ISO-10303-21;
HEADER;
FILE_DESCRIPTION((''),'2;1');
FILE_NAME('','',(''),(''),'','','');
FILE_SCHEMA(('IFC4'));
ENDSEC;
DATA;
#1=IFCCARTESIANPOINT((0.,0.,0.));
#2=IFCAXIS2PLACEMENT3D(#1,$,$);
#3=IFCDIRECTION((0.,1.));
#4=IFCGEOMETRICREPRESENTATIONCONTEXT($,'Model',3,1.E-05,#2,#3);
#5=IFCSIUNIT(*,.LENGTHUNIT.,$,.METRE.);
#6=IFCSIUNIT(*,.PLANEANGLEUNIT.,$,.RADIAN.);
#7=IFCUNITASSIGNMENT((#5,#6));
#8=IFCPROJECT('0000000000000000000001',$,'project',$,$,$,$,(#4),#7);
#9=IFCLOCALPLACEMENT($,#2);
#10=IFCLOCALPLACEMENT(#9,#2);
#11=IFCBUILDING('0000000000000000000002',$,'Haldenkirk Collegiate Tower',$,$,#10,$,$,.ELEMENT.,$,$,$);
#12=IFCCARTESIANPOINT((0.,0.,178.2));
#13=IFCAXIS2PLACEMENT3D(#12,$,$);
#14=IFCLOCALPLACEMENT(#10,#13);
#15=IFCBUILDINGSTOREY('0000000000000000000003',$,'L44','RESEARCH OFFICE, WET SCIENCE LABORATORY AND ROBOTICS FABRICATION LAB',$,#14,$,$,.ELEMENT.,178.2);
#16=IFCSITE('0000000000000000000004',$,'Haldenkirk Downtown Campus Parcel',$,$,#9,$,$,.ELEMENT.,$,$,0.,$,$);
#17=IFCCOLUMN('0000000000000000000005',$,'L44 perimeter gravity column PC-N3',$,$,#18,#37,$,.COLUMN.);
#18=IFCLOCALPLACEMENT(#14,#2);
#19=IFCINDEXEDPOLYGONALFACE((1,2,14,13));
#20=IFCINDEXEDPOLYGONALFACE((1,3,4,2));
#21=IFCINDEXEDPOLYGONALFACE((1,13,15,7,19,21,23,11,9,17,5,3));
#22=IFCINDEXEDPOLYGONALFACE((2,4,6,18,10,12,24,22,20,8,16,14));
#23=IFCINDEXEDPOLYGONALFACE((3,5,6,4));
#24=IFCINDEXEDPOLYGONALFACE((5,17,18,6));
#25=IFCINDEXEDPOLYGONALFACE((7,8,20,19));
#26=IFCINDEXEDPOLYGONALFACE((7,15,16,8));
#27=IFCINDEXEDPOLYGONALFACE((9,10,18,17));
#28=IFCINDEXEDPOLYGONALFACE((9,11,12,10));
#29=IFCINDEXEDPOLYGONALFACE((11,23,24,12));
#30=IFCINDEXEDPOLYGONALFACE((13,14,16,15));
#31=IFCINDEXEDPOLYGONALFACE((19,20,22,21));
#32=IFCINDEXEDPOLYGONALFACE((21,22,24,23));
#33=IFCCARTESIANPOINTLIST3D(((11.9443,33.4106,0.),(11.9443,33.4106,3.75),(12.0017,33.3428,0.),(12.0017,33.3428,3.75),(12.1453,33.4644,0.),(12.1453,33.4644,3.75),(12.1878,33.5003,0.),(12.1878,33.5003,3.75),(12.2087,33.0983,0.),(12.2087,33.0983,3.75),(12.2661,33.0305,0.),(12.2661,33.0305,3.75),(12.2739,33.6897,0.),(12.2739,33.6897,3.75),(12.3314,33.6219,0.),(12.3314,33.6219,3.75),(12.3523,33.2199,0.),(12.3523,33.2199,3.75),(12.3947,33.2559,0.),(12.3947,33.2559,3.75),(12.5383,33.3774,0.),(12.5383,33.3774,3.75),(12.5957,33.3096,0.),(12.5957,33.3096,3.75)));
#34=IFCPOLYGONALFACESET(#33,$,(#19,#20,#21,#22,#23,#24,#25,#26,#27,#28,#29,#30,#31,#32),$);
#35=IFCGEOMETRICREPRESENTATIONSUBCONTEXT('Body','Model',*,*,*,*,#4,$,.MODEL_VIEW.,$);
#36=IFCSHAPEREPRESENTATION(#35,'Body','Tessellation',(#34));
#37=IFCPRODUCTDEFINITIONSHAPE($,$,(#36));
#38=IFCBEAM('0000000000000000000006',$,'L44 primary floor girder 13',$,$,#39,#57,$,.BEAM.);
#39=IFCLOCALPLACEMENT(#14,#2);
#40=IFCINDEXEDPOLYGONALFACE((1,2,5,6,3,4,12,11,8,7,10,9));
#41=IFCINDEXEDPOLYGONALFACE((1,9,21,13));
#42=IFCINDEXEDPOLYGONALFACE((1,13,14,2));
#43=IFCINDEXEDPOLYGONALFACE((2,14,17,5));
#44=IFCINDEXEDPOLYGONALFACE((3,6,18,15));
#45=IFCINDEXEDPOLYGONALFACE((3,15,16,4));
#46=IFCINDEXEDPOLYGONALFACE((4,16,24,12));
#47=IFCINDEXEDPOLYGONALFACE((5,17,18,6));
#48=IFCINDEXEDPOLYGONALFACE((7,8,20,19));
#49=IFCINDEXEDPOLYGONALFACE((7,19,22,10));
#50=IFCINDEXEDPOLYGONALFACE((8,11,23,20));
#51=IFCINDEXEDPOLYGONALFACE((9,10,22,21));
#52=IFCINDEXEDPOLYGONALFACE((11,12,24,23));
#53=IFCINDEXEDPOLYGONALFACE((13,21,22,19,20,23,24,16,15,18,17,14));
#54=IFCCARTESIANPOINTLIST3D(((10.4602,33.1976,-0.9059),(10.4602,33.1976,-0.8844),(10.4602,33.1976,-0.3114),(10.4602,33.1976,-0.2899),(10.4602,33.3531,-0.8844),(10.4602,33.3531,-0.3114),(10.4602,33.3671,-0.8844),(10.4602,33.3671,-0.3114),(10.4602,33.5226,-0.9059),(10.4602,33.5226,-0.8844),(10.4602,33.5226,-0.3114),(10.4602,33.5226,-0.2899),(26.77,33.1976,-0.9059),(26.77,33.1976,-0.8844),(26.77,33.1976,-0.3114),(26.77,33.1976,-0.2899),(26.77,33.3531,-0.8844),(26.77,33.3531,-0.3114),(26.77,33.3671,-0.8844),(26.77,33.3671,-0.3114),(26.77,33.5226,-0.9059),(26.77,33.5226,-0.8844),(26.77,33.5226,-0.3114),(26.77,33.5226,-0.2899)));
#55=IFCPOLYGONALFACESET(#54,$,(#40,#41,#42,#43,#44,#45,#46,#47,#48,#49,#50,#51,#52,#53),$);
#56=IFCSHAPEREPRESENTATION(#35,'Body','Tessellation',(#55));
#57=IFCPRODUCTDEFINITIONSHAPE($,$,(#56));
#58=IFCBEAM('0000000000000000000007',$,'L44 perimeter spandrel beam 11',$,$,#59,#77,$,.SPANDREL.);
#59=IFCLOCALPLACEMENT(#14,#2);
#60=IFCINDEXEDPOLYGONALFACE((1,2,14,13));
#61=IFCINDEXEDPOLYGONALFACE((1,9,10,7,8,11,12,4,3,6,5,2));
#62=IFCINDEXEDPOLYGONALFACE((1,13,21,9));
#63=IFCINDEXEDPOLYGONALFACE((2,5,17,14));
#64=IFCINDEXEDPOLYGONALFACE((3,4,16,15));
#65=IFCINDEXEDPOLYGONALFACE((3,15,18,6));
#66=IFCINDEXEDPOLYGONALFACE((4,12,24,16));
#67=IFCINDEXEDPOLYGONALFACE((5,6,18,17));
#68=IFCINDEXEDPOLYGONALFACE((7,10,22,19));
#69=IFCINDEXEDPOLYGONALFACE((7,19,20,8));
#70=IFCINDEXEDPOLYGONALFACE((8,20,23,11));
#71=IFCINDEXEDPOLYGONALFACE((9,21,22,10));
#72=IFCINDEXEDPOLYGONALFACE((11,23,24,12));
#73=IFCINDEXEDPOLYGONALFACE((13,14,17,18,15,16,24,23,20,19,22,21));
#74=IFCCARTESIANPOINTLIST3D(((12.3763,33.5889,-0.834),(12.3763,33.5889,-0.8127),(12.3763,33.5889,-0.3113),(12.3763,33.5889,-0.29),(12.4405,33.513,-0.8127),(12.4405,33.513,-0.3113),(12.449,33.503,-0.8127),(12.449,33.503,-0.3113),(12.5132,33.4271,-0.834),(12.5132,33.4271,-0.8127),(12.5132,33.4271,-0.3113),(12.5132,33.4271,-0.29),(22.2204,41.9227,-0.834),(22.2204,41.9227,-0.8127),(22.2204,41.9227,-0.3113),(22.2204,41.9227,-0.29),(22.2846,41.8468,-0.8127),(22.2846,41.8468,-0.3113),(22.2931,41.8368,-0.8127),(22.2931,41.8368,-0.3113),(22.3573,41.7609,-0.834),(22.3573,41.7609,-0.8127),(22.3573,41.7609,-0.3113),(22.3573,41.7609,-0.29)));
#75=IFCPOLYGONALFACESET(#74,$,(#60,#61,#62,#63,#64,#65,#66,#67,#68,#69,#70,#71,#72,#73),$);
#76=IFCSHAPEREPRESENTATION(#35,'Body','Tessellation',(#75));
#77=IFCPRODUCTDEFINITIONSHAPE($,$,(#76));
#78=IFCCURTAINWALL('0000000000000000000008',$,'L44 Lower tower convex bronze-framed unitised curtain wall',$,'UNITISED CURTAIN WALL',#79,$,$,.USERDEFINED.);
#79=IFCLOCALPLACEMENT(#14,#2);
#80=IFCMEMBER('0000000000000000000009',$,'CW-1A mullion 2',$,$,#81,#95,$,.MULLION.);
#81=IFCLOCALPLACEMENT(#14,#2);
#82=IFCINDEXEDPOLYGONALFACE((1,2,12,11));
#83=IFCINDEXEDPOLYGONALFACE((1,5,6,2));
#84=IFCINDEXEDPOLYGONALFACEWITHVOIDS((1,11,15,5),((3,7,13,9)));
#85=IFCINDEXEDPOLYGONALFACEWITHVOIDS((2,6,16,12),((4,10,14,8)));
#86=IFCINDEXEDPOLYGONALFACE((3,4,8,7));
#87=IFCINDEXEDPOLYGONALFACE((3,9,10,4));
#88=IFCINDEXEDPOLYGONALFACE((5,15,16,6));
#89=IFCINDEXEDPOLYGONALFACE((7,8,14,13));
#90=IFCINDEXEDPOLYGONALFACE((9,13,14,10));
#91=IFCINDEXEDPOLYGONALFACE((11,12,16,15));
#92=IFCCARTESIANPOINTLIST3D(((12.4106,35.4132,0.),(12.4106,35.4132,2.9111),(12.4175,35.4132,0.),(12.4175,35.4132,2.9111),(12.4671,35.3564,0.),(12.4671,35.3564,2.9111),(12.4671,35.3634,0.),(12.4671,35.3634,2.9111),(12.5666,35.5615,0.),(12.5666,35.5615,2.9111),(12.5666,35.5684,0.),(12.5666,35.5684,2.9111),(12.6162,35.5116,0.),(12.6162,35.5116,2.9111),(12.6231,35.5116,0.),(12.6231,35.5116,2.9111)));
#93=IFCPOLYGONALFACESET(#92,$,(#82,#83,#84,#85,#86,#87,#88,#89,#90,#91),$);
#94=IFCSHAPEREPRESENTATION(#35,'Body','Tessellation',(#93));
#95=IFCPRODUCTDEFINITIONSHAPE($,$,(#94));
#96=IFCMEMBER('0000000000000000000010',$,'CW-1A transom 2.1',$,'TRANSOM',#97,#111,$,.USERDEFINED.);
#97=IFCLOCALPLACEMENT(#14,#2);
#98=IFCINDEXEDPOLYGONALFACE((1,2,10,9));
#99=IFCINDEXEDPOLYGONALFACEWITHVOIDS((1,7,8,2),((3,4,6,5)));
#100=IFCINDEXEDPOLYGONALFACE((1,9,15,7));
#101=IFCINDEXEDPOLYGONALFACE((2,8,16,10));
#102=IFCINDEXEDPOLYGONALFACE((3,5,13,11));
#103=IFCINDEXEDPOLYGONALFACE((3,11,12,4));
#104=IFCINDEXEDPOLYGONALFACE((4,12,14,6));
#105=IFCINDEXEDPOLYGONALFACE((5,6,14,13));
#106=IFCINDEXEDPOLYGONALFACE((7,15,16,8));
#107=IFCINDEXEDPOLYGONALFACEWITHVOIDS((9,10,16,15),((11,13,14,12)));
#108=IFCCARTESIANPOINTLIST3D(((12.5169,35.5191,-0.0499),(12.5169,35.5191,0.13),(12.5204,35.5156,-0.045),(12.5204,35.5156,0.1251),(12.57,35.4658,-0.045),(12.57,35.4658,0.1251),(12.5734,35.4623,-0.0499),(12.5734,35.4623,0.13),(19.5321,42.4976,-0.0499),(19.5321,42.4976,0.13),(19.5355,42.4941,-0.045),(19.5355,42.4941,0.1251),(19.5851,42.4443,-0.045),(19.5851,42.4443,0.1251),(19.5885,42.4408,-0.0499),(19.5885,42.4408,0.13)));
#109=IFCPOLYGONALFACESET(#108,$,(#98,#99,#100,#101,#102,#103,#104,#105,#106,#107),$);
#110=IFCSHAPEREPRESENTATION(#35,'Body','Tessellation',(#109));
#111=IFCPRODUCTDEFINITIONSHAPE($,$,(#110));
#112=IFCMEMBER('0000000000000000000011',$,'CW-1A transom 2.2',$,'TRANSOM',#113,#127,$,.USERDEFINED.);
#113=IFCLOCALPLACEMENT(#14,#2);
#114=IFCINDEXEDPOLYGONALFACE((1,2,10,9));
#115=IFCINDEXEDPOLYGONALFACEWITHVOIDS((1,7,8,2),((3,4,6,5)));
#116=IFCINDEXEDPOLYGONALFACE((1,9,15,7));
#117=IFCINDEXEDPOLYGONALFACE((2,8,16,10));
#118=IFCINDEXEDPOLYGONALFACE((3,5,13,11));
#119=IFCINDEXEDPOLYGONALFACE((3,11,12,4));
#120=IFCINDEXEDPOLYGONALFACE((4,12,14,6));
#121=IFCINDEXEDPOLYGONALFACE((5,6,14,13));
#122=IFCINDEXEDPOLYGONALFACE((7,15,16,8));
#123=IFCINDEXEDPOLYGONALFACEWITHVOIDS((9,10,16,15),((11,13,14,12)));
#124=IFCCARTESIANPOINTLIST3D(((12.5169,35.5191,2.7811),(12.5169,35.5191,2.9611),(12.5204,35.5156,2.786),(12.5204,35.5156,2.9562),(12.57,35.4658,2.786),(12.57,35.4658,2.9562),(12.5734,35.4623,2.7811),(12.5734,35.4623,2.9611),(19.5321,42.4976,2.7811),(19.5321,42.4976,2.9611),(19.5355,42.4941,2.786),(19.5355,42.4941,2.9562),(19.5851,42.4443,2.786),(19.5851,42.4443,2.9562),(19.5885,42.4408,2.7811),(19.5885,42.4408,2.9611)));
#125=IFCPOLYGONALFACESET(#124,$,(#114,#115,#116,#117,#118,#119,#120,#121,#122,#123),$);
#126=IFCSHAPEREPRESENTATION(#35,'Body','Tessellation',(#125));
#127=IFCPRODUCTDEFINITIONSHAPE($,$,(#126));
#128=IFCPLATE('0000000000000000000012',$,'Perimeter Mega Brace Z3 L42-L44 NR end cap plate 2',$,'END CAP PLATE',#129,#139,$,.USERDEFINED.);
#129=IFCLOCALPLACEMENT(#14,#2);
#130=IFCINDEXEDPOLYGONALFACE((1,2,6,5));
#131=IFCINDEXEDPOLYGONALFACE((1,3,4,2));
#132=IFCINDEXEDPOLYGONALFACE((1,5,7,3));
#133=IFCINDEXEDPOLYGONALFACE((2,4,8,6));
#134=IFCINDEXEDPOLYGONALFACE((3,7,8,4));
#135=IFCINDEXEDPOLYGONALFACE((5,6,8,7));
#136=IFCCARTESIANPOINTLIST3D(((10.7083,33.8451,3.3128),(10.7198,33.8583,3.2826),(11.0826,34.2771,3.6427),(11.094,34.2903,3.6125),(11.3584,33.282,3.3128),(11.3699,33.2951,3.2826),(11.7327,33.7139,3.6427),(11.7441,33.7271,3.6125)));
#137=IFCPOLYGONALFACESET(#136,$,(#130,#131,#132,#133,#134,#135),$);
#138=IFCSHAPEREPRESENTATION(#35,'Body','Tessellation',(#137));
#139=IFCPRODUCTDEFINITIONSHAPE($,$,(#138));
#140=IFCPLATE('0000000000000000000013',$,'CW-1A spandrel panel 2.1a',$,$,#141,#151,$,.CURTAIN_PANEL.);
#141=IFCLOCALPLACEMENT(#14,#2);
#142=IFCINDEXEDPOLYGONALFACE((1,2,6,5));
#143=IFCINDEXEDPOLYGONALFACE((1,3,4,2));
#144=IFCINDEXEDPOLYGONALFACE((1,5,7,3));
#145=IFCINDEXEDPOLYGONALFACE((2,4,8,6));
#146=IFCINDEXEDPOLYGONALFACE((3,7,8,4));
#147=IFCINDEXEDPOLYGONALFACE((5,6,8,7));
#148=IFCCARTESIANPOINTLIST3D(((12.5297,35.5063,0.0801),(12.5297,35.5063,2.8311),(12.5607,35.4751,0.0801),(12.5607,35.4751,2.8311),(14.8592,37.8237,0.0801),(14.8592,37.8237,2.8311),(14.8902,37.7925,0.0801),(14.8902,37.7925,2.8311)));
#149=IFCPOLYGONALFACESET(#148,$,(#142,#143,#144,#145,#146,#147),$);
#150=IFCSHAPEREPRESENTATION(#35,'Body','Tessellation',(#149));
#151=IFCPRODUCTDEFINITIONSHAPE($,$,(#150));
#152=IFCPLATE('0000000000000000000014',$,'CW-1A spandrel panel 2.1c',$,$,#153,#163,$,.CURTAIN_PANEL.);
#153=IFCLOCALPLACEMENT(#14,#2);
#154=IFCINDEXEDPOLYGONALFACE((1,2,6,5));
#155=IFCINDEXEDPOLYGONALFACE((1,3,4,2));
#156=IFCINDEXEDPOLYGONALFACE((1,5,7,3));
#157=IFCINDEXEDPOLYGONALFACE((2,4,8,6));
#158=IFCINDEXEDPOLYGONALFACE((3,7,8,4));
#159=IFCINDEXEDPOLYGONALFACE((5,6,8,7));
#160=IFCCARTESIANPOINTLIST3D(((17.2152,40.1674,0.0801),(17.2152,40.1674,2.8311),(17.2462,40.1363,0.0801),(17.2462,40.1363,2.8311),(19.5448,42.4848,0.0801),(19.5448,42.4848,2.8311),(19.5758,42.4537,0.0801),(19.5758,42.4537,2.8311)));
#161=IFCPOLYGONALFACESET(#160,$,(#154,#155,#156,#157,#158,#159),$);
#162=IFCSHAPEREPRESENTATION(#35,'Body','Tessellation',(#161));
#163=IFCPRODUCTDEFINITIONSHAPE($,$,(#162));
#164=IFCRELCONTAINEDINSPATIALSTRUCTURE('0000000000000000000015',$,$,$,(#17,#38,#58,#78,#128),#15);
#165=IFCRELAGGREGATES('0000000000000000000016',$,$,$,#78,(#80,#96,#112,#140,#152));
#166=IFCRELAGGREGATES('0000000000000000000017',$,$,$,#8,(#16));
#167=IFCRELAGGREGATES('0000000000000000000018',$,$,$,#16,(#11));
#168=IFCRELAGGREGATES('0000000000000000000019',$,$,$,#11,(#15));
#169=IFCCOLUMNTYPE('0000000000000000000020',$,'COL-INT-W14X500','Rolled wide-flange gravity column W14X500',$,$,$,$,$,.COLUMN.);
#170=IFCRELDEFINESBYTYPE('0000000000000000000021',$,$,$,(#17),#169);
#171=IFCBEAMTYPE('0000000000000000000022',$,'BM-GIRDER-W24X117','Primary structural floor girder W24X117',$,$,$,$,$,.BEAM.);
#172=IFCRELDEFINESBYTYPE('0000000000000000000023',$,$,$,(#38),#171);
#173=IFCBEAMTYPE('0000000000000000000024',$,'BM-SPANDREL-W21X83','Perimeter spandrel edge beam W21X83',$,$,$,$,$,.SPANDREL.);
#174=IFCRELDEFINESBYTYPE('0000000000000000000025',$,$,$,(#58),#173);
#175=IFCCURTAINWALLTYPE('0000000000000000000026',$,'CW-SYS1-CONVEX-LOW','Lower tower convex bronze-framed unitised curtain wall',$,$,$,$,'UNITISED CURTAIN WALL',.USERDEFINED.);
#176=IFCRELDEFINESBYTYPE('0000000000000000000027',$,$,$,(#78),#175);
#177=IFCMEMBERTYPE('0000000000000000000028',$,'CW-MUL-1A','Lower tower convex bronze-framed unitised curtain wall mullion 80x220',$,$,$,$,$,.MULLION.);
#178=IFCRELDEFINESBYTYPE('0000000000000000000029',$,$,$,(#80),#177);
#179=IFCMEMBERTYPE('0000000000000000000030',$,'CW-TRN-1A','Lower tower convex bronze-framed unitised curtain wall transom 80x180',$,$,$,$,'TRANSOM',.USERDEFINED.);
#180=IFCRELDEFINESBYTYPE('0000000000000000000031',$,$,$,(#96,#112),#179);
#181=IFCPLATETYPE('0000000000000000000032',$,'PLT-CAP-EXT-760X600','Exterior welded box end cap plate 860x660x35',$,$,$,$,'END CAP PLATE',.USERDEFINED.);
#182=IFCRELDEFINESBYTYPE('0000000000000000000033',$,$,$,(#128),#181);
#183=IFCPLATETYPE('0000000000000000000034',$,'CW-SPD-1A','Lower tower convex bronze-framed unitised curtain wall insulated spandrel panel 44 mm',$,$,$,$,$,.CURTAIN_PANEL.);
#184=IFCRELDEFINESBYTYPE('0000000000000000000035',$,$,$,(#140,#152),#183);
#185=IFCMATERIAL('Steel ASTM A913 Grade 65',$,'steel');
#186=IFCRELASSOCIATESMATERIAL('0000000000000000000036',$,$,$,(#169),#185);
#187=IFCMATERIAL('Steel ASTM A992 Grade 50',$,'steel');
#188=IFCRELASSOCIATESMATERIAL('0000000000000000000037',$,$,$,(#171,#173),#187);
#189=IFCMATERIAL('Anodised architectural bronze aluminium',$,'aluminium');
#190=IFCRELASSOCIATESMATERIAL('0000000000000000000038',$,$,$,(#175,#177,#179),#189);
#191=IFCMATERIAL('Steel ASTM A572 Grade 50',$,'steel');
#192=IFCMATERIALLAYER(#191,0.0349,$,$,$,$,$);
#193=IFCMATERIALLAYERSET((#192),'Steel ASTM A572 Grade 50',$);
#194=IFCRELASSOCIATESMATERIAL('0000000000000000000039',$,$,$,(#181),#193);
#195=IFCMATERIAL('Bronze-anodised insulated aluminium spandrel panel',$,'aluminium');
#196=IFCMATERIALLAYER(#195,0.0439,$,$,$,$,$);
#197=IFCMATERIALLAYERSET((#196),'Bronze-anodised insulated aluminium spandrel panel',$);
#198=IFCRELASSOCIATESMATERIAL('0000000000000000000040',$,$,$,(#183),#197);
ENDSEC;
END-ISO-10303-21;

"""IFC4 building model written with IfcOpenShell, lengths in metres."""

from ifc_helpers import new_model, si_unit, direction, frame, origin, origin_2d, place, context, subcontext, project, spatial, rectangle, hollow_rectangle, i_section, extrude, source, transform, mapped, material, layer, layer_set, material_profile, profile_set, type_object, element, aggregate, save


model = new_model("IFC4")

# Units and contexts
model_context = context("Model", 3, precision=1e-05, world=origin(), true_north=direction((0.0, 1.0)))
body_context = subcontext(model_context, "Body", "Model", "MODEL_VIEW")
ifc_project = project(units=[si_unit("LENGTHUNIT", "METRE"), si_unit("PLANEANGLEUNIT", "RADIAN")], contexts=[model_context])

# Site, building, storey
site_placement = place(None, origin())
site = spatial("IfcSite", under=ifc_project, at=site_placement, Name="Haldenkirk Downtown Campus Parcel", CompositionType="ELEMENT", RefElevation=0.0)
building_placement = place(site_placement, origin())
building = spatial("IfcBuilding", under=site, at=building_placement, Name="Haldenkirk Collegiate Tower", CompositionType="ELEMENT")
storey_placement = place(building_placement, frame((0.0, 0.0, 178.2)))
storey = spatial("IfcBuildingStorey", under=building, at=storey_placement, Name="L44", Description="RESEARCH OFFICE, WET SCIENCE LABORATORY AND ROBOTICS FABRICATION LAB", CompositionType="ELEMENT", Elevation=178.2)

# Column
ifc_material_1 = material(Name="Steel ASTM A913 Grade 65", Category="steel")
ifc_material_profile_1 = material_profile(ifc_material_1, i_section(OverallWidth=0.4319, OverallDepth=0.498, WebThickness=0.0557, FlangeThickness=0.0889, at=origin_2d()), Name="W14X500")
ifc_profile_set_1 = profile_set([ifc_material_profile_1], Name="Steel ASTM A913 Grade 65")
column_type = type_object("IfcColumnType", Name="COL-INT-W14X500", Description="Rolled wide-flange gravity column W14X500", PredefinedType="COLUMN", material=ifc_profile_set_1)
column_placement = place(storey_placement, frame((12.27, 33.3601, 0.0), z_axis=(0.0, 0.0, 1.0), x_axis=(0.763232, 0.646124, 0.0)))
element("IfcColumn", 1, at=column_placement, inside=storey, type_object=column_type, Name="L44 perimeter gravity column PC-N3", PredefinedType="COLUMN", context=body_context, shape_type="SweptSolid", body=[
    extrude(i_section(OverallWidth=0.4319, OverallDepth=0.498, WebThickness=0.0557, FlangeThickness=0.0889, at=origin_2d()), origin(), (0.0, 0.0, 1.0), 3.75),
])

# Beams
ifc_material_2 = material(Name="Steel ASTM A992 Grade 50", Category="steel")
ifc_material_profile_2 = material_profile(ifc_material_2, i_section(OverallWidth=0.325, OverallDepth=0.616, WebThickness=0.0139, FlangeThickness=0.0215, at=origin_2d()), Name="W24X117")
ifc_profile_set_2 = profile_set([ifc_material_profile_2], Name="Steel ASTM A992 Grade 50")
beam_type_1 = type_object("IfcBeamType", Name="BM-GIRDER-W24X117", Description="Primary structural floor girder W24X117", PredefinedType="BEAM", material=ifc_profile_set_2)
beam_1_placement = place(storey_placement, frame((10.4602, 33.3601, -0.5979), z_axis=(1.0, 0.0, 0.0), x_axis=(0.0, 1.0, 0.0)))
element("IfcBeam", 2, at=beam_1_placement, inside=storey, type_object=beam_type_1, Name="L44 primary floor girder 13", PredefinedType="BEAM", context=body_context, shape_type="SweptSolid", body=[
    extrude(i_section(OverallWidth=0.325, OverallDepth=0.616, WebThickness=0.0139, FlangeThickness=0.0215, at=origin_2d()), origin(), (0.0, 0.0, 1.0), 16.3098),
])
ifc_material_profile_3 = material_profile(ifc_material_2, i_section(OverallWidth=0.2119, OverallDepth=0.5439, WebThickness=0.0132, FlangeThickness=0.0212, at=origin_2d()), Name="W21X83")
ifc_profile_set_3 = profile_set([ifc_material_profile_3], Name="Steel ASTM A992 Grade 50")
beam_type_2 = type_object("IfcBeamType", Name="BM-SPANDREL-W21X83", Description="Perimeter spandrel edge beam W21X83", PredefinedType="SPANDREL", material=ifc_profile_set_3)
beam_2_placement = place(storey_placement, frame((22.2888, 41.8418, -0.562), z_axis=(-0.763225, -0.646132, 0.0), x_axis=(0.646132, -0.763225, 0.0)))
element("IfcBeam", 3, at=beam_2_placement, inside=storey, type_object=beam_type_2, Name="L44 perimeter spandrel beam 11", PredefinedType="SPANDREL", context=body_context, shape_type="SweptSolid", body=[
    extrude(i_section(OverallWidth=0.2119, OverallDepth=0.5439, WebThickness=0.0132, FlangeThickness=0.0212, at=origin_2d()), origin(), (0.0, 0.0, 1.0), 12.8979),
])

# Curtain wall, members
ifc_material_3 = material(Name="Anodised architectural bronze aluminium", Category="aluminium")
curtain_wall_type = type_object("IfcCurtainWallType", Name="CW-SYS1-CONVEX-LOW", Description="Lower tower convex bronze-framed unitised curtain wall", ElementType="UNITISED CURTAIN WALL", PredefinedType="USERDEFINED", material=ifc_material_3)
curtain_wall_placement = place(storey_placement, origin())
curtain_wall = element("IfcCurtainWall", 4, at=curtain_wall_placement, inside=storey, type_object=curtain_wall_type, Name="L44 Lower tower convex bronze-framed unitised curtain wall", ObjectType="UNITISED CURTAIN WALL", PredefinedType="USERDEFINED")
ifc_material_profile_4 = material_profile(ifc_material_3, hollow_rectangle(XDim=0.0801, YDim=0.22, WallThickness=0.0049, at=origin_2d()), Name="CW-MUL-1A")
ifc_profile_set_4 = profile_set([ifc_material_profile_4], Name="Anodised architectural bronze aluminium")
member_type_1 = type_object("IfcMemberType", Name="CW-MUL-1A", Description="Lower tower convex bronze-framed unitised curtain wall mullion 80x220", PredefinedType="MULLION", material=ifc_profile_set_4)
member_1_placement = place(storey_placement, frame((12.5168, 35.4624, 0.0), z_axis=(0.0, 0.0, 1.0), x_axis=(-0.705255, 0.708954, 0.0)))
member_1 = element("IfcMember", 5, at=member_1_placement, type_object=member_type_1, Name="CW-1A mullion 2", PredefinedType="MULLION", context=body_context, shape_type="SweptSolid", body=[
    extrude(hollow_rectangle(XDim=0.0801, YDim=0.22, WallThickness=0.0049, at=origin_2d()), origin(), (0.0, 0.0, 1.0), 2.9111),
])
ifc_material_profile_5 = material_profile(ifc_material_3, hollow_rectangle(XDim=0.0801, YDim=0.1799, WallThickness=0.0049, at=origin_2d()), Name="CW-TRN-1A")
ifc_profile_set_5 = profile_set([ifc_material_profile_5], Name="Anodised architectural bronze aluminium")
member_type_2 = type_object("IfcMemberType", Name="CW-TRN-1A", Description="Lower tower convex bronze-framed unitised curtain wall transom 80x180", ElementType="TRANSOM", PredefinedType="USERDEFINED", material=ifc_profile_set_5)
member_2_placement = place(storey_placement, frame((12.5452, 35.4907, 0.04), z_axis=(0.708955, 0.705254, 0.0), x_axis=(-0.705254, 0.708955, 0.0)))
member_2 = element("IfcMember", 6, at=member_2_placement, type_object=member_type_2, Name="CW-1A transom 2.1", ObjectType="TRANSOM", PredefinedType="USERDEFINED", context=body_context, shape_type="SweptSolid", body=[
    extrude(hollow_rectangle(XDim=0.0801, YDim=0.1799, WallThickness=0.0049, at=origin_2d()), origin(), (0.0, 0.0, 1.0), 9.895),
])
member_3_placement = place(storey_placement, frame((12.5452, 35.4907, 2.8711), z_axis=(0.708955, 0.705254, 0.0), x_axis=(-0.705254, 0.708955, 0.0)))
member_3 = element("IfcMember", 7, at=member_3_placement, type_object=member_type_2, Name="CW-1A transom 2.2", ObjectType="TRANSOM", PredefinedType="USERDEFINED", context=body_context, shape_type="SweptSolid", body=[
    extrude(hollow_rectangle(XDim=0.0801, YDim=0.1799, WallThickness=0.0049, at=origin_2d()), origin(), (0.0, 0.0, 1.0), 9.895),
])

# Plates
ifc_material_4 = material(Name="Steel ASTM A572 Grade 50", Category="steel")
ifc_layer_1 = layer(ifc_material_4, 0.0349)
ifc_layer_set_1 = layer_set([ifc_layer_1], Name="Steel ASTM A572 Grade 50")
plate_type_1 = type_object("IfcPlateType", Name="PLT-CAP-EXT-760X600", Description="Exterior welded box end cap plate 860x660x35", ElementType="END CAP PLATE", PredefinedType="USERDEFINED", material=ifc_layer_set_1)
shared_shape_1 = source(origin(), body_context, "Body", "SweptSolid", [
    extrude(rectangle(XDim=0.8601, YDim=0.6599, at=origin_2d()), origin(), (0.0, 0.0, 1.0), 0.0349),
])
plate_1_placement = place(storey_placement, frame((11.2319, 33.7927, 3.4475), z_axis=(-0.327345, -0.377839, 0.866073), x_axis=(0.755803, -0.654799, 0.0)))
element("IfcPlate", 8, at=plate_1_placement, inside=storey, type_object=plate_type_1, Name="Perimeter Mega Brace Z3 L42-L44 NR end cap plate 2", ObjectType="END CAP PLATE", PredefinedType="USERDEFINED", context=body_context, shape_type="MappedRepresentation", body=[
    mapped(shared_shape_1, transform((0.0, 0.0, 0.0), x_axis=(1.0, 0.0, 0.0), y_axis=(0.0, 1.0, 0.0), z_axis=(0.0, 0.0, 1.0), scale=1.0)),
])
ifc_material_5 = material(Name="Bronze-anodised insulated aluminium spandrel panel", Category="aluminium")
ifc_layer_2 = layer(ifc_material_5, 0.0439)
ifc_layer_set_2 = layer_set([ifc_layer_2], Name="Bronze-anodised insulated aluminium spandrel panel")
plate_type_2 = type_object("IfcPlateType", Name="CW-SPD-1A", Description="Lower tower convex bronze-framed unitised curtain wall insulated spandrel panel 44 mm", PredefinedType="CURTAIN_PANEL", material=ifc_layer_set_2)
shared_shape_2 = source(origin(), body_context, "Body", "SweptSolid", [
    extrude(rectangle(XDim=3.2859, YDim=0.0439, at=origin_2d()), origin(), (0.0, 0.0, 1.0), 2.751),
])
plate_2_placement = place(storey_placement, frame((13.71, 36.6494, 0.0801), z_axis=(0.0, 0.0, 1.0), x_axis=(0.708954, 0.705255, 0.0)))
plate_2 = element("IfcPlate", 9, at=plate_2_placement, type_object=plate_type_2, Name="CW-1A spandrel panel 2.1a", PredefinedType="CURTAIN_PANEL", context=body_context, shape_type="MappedRepresentation", body=[
    mapped(shared_shape_2, transform((0.0, 0.0, 0.0), x_axis=(1.0, 0.0, 0.0), y_axis=(0.0, 1.0, 0.0), z_axis=(0.0, 0.0, 1.0), scale=1.0)),
])
plate_3_placement = place(storey_placement, frame((18.3955, 41.3105, 0.0801), z_axis=(0.0, 0.0, 1.0), x_axis=(0.708954, 0.705255, 0.0)))
plate_3 = element("IfcPlate", 10, at=plate_3_placement, type_object=plate_type_2, Name="CW-1A spandrel panel 2.1c", PredefinedType="CURTAIN_PANEL", context=body_context, shape_type="MappedRepresentation", body=[
    mapped(shared_shape_2, transform((0.0, 0.0, 0.0), x_axis=(1.0, 0.0, 0.0), y_axis=(0.0, 1.0, 0.0), z_axis=(0.0, 0.0, 1.0), scale=1.0)),
])
aggregate(curtain_wall, [member_1, member_2, member_3, plate_2, plate_3])

save(model, "model.ifc")
